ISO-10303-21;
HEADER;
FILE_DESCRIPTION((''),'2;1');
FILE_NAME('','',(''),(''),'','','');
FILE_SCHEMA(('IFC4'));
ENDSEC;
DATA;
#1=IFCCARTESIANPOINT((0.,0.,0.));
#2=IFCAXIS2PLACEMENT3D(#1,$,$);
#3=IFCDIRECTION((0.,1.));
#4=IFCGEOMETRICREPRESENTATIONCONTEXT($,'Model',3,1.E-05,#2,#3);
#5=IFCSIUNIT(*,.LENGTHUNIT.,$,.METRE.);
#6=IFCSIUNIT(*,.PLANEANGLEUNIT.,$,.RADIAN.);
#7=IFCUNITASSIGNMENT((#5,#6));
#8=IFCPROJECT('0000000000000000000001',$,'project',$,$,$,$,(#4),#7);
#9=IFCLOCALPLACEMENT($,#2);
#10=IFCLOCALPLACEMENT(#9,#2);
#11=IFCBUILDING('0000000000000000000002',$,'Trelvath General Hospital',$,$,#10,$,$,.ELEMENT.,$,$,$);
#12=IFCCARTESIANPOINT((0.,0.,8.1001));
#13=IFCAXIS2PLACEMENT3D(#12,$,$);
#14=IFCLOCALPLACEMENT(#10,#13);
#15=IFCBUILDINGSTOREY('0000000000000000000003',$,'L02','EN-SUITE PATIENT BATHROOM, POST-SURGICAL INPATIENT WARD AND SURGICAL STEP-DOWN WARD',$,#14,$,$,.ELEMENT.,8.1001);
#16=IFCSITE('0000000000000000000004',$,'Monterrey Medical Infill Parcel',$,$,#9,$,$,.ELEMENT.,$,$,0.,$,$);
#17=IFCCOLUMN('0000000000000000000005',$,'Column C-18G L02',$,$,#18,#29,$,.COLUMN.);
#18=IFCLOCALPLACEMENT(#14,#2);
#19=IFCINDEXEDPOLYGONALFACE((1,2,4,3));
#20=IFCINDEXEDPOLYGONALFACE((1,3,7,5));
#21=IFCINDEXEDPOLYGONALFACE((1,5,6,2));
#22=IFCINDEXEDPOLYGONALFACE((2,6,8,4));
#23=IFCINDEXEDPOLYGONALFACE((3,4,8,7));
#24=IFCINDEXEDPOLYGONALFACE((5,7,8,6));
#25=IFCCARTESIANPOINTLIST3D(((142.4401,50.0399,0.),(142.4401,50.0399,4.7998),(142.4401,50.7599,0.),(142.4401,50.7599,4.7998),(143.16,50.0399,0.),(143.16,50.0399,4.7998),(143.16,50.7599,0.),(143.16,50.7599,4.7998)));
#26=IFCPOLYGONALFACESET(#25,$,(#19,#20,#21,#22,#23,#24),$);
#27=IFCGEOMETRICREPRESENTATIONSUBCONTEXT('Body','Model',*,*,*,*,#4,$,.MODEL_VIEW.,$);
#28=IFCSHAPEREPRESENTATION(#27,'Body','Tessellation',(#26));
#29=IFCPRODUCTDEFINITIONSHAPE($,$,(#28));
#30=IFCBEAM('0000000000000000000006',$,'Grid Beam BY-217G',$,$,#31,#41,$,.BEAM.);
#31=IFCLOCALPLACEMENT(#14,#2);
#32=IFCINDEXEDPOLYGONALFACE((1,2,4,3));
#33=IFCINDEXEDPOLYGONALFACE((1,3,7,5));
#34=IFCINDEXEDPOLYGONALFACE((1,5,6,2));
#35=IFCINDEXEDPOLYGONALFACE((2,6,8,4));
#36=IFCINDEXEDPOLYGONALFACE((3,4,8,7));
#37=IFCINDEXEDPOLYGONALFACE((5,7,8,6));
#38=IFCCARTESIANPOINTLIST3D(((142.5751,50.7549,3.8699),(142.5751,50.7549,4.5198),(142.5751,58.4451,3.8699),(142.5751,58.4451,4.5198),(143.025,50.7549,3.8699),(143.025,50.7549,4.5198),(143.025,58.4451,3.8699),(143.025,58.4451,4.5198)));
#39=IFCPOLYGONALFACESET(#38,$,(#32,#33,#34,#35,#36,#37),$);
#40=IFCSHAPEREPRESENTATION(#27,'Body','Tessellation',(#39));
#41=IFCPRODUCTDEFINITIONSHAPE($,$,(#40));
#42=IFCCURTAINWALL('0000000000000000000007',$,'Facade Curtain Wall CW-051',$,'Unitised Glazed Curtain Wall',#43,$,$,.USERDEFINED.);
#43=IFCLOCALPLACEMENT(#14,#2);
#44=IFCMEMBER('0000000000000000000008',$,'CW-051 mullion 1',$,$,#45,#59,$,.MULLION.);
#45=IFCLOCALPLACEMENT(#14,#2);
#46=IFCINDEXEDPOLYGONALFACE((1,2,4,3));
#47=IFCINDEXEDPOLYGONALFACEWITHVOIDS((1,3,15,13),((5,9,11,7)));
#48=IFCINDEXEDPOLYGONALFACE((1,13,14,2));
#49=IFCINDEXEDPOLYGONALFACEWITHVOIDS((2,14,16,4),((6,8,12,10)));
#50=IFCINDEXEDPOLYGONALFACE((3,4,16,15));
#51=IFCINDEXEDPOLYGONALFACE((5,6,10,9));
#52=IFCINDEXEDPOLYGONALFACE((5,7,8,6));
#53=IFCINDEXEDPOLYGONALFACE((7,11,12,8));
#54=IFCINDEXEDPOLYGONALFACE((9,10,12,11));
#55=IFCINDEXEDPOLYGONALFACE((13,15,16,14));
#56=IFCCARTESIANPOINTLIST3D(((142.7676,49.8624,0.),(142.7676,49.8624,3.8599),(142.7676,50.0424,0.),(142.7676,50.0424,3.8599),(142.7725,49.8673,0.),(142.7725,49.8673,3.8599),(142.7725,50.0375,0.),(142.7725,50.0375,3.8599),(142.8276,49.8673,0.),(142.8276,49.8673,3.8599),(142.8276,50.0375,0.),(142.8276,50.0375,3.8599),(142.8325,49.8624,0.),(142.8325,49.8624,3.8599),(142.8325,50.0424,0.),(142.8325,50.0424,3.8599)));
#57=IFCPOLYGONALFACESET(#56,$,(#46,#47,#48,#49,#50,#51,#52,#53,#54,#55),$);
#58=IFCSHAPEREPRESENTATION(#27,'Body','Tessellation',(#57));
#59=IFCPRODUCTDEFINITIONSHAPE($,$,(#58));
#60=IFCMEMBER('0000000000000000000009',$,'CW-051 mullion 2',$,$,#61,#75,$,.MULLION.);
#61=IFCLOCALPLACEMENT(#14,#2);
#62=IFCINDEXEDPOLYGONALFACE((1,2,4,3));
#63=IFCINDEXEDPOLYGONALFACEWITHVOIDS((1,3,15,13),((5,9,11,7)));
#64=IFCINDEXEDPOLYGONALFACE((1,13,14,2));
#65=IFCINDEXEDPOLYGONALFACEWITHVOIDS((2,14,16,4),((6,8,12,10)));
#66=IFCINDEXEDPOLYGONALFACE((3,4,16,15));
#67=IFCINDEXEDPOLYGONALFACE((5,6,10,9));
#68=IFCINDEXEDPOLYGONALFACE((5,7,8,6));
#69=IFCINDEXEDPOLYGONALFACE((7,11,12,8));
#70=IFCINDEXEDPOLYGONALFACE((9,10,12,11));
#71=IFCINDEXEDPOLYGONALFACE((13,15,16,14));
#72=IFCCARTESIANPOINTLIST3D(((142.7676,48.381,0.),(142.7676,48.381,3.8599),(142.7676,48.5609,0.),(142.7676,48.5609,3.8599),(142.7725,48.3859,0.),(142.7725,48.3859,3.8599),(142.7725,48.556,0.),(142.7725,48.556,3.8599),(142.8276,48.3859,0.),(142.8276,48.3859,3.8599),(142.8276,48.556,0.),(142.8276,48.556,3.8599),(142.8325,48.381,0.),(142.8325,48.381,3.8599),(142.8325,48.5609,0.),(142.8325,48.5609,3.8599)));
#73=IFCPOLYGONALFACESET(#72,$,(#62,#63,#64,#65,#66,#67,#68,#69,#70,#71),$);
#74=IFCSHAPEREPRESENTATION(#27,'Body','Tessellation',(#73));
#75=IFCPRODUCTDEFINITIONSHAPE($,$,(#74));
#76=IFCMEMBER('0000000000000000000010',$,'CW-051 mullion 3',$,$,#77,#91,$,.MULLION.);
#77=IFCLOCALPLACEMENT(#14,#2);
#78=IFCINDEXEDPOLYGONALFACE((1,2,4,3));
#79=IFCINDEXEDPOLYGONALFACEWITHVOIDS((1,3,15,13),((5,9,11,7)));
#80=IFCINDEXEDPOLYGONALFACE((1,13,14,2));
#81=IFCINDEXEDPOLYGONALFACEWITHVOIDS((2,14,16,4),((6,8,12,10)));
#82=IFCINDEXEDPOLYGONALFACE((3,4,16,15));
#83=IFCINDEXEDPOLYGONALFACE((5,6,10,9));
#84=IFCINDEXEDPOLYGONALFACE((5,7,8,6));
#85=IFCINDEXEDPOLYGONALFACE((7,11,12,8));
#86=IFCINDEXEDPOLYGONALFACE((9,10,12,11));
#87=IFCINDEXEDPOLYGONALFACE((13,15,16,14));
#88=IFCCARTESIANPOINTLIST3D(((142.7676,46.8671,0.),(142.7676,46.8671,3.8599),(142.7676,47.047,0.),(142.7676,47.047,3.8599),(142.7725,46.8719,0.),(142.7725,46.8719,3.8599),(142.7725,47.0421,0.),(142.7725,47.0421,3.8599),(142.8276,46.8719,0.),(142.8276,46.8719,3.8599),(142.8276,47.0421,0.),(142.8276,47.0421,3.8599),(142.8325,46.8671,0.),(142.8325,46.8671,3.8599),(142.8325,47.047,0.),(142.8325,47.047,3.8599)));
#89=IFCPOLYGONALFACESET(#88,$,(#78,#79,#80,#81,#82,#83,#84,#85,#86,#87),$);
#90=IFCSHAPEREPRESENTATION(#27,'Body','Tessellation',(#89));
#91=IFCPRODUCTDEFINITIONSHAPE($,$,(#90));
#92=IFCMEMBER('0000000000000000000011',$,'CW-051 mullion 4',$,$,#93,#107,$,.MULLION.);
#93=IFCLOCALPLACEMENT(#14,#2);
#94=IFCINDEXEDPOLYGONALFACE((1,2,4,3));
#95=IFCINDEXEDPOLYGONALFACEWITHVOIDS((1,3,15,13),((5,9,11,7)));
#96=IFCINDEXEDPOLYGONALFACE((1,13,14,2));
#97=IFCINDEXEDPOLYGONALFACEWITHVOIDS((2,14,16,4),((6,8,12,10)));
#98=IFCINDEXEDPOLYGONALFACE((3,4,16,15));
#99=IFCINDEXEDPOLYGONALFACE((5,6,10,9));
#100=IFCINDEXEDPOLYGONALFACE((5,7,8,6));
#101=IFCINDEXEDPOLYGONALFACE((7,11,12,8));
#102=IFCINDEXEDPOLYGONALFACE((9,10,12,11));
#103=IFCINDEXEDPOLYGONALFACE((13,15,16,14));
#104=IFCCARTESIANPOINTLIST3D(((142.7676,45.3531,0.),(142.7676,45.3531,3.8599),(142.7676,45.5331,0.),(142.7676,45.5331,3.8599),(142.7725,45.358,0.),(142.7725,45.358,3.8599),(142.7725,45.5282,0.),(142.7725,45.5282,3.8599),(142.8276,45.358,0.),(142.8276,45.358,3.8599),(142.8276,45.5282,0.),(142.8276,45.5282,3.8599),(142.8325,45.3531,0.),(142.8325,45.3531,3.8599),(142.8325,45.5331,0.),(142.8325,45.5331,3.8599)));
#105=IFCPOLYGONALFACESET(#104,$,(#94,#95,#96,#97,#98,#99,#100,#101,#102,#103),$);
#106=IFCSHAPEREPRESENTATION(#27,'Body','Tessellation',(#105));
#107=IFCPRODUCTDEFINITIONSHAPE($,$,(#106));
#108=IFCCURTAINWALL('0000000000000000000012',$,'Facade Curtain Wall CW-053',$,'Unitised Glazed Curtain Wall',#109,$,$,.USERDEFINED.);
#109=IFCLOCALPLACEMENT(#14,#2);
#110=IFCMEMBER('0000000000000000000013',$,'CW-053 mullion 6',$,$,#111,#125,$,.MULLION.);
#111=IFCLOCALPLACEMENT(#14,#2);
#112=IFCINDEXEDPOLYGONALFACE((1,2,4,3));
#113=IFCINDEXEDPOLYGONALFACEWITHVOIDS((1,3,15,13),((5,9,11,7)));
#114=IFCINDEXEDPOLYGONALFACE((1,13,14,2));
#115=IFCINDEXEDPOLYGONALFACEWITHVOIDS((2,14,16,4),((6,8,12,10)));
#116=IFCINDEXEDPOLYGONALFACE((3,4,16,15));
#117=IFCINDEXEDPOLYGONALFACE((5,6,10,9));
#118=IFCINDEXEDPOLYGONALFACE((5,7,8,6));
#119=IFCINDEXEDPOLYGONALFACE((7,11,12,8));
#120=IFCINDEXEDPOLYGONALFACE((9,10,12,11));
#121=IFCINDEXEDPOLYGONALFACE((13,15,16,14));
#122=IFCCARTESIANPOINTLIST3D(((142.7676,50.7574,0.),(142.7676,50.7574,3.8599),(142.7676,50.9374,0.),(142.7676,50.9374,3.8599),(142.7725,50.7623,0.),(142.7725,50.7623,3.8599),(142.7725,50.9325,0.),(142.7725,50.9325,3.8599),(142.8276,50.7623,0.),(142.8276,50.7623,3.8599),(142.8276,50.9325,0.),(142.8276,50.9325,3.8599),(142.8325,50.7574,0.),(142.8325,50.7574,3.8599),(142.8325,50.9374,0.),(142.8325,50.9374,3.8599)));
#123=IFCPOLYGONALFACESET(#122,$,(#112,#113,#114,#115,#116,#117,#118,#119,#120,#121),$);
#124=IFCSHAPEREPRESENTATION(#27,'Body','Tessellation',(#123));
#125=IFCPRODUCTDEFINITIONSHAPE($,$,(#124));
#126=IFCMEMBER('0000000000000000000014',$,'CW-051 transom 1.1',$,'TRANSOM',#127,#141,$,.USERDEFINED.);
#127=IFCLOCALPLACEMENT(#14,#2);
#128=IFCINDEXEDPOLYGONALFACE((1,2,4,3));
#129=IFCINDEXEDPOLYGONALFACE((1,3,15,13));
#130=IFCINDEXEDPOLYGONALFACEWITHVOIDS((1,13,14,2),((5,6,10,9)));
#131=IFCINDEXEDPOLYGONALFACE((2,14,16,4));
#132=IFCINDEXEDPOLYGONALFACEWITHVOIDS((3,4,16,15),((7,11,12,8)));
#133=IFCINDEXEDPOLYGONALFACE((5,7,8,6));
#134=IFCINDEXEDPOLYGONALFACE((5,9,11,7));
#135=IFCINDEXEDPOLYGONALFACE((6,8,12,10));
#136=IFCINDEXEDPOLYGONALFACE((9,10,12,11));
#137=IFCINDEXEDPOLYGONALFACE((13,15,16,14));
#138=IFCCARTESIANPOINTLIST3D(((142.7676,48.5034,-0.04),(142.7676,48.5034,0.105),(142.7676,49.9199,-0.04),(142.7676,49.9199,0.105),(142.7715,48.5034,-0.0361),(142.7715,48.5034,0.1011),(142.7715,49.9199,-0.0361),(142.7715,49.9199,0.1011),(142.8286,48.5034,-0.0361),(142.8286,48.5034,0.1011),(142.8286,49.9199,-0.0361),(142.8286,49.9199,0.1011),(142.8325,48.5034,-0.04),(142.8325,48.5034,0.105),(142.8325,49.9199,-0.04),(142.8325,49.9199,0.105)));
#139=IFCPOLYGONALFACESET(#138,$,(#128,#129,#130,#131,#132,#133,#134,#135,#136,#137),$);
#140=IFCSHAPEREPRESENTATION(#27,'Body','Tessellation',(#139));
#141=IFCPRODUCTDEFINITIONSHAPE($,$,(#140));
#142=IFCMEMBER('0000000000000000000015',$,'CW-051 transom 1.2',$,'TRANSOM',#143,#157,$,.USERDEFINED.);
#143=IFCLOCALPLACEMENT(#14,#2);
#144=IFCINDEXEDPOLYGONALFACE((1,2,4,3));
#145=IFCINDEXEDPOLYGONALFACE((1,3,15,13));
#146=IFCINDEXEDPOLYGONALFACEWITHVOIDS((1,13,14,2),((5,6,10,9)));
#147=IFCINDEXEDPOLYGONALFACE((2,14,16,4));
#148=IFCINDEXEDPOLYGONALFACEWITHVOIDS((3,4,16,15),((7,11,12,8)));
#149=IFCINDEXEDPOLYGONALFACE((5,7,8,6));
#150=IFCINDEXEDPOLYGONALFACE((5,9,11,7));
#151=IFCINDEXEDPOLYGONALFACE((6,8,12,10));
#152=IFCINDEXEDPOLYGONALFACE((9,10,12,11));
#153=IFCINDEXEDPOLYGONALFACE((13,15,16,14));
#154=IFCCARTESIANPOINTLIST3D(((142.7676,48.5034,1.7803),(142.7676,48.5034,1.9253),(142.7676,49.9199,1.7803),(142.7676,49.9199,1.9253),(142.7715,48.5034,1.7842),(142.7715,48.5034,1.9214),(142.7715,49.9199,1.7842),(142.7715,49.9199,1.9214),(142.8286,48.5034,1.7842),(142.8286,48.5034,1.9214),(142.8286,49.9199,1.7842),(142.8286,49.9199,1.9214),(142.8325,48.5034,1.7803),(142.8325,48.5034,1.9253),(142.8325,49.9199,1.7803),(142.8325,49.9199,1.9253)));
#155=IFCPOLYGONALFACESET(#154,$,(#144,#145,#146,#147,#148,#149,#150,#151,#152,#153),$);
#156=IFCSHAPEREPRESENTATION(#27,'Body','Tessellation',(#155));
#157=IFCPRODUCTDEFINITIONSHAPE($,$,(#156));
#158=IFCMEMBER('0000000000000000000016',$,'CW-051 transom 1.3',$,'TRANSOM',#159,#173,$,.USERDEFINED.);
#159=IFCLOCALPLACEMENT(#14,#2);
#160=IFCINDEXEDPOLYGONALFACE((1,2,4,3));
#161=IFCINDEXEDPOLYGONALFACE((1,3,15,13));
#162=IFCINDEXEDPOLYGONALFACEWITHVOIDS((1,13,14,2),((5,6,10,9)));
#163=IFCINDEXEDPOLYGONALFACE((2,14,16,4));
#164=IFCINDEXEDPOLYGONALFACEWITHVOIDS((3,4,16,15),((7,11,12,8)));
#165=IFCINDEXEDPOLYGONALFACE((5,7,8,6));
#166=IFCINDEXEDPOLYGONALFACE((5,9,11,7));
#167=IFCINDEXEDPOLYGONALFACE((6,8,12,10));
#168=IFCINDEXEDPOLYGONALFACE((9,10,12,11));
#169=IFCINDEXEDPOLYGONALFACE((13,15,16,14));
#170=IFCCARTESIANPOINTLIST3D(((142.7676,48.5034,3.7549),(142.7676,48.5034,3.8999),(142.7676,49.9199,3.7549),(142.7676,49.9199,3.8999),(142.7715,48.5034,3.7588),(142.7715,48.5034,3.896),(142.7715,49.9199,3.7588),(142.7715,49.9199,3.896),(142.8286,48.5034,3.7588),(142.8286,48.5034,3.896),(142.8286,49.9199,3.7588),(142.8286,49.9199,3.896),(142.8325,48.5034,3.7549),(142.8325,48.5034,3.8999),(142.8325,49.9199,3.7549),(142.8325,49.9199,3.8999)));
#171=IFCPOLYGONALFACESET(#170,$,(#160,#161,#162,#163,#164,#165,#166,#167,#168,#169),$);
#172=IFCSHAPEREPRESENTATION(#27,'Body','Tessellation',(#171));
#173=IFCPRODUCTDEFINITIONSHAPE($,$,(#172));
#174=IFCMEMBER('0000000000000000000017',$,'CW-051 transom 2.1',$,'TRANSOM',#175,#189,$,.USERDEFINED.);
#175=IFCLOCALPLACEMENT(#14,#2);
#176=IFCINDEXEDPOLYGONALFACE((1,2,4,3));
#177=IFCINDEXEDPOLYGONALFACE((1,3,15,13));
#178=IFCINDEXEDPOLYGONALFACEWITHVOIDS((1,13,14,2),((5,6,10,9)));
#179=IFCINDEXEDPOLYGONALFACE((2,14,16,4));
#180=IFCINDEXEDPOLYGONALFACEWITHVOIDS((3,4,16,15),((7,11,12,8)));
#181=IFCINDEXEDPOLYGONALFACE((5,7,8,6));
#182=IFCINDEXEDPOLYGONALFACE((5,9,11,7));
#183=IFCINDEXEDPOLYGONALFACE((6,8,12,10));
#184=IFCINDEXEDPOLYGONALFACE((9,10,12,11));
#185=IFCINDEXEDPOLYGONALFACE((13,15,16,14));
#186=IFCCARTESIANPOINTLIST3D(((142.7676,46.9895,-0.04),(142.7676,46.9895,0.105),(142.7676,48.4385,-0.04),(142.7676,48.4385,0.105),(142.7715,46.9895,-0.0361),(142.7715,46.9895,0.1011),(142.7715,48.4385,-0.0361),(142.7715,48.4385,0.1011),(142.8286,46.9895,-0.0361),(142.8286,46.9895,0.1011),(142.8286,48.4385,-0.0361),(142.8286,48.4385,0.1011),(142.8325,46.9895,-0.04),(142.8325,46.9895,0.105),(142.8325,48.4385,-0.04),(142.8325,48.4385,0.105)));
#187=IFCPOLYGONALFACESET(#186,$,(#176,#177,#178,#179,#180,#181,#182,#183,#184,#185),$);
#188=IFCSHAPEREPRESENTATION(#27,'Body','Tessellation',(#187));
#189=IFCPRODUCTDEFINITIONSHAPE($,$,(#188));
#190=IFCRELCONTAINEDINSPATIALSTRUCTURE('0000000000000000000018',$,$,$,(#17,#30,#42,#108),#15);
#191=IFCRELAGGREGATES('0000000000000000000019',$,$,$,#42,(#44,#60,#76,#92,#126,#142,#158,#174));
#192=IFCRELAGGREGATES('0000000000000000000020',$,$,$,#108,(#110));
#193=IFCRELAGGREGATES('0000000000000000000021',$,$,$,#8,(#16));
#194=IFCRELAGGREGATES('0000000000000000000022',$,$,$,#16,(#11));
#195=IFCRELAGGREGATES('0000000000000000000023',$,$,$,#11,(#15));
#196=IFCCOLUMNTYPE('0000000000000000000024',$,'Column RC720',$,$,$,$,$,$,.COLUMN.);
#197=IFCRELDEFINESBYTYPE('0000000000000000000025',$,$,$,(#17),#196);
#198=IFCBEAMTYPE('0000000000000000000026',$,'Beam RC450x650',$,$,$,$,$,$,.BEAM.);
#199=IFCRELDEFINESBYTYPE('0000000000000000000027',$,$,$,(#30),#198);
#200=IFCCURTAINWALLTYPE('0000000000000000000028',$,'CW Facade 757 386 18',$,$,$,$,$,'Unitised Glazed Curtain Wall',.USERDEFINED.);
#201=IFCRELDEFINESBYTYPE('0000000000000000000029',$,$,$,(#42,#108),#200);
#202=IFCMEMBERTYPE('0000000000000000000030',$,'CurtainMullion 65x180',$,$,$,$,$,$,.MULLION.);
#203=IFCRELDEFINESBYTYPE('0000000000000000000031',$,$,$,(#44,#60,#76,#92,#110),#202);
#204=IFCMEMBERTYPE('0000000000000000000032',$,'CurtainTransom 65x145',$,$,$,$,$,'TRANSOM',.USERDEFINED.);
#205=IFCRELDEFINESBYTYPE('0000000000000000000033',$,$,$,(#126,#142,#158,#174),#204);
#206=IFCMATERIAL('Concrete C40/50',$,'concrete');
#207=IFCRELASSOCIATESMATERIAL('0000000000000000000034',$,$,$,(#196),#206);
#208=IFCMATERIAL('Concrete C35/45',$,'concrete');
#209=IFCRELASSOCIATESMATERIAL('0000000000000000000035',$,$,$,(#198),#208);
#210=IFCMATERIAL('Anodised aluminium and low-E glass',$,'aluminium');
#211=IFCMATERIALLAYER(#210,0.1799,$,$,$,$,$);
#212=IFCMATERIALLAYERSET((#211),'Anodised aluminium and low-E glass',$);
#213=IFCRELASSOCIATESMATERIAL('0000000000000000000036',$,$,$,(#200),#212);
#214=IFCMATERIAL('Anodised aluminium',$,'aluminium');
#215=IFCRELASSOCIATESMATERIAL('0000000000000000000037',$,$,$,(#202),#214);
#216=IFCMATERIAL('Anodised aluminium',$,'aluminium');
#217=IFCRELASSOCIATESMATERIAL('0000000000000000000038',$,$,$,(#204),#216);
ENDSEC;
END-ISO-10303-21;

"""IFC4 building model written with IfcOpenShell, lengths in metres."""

from ifc_helpers import new_model, si_unit, direction, frame, origin, origin_2d, place, context, subcontext, project, spatial, rectangle, hollow_rectangle, extrude, material, layer, layer_set, material_profile, profile_set, type_object, element, aggregate, save


model = new_model("IFC4")

# Units and contexts
model_context = context("Model", 3, precision=1e-05, world=origin(), true_north=direction((0.0, 1.0)))
body_context = subcontext(model_context, "Body", "Model", "MODEL_VIEW")
ifc_project = project(units=[si_unit("LENGTHUNIT", "METRE"), si_unit("PLANEANGLEUNIT", "RADIAN")], contexts=[model_context])

# Site, building, storey
site_placement = place(None, origin())
site = spatial("IfcSite", under=ifc_project, at=site_placement, Name="Monterrey Medical Infill Parcel", CompositionType="ELEMENT", RefElevation=0.0)
building_placement = place(site_placement, origin())
building = spatial("IfcBuilding", under=site, at=building_placement, Name="Trelvath General Hospital", CompositionType="ELEMENT")
storey_placement = place(building_placement, frame((0.0, 0.0, 8.1001)))
storey = spatial("IfcBuildingStorey", under=building, at=storey_placement, Name="L02", Description="EN-SUITE PATIENT BATHROOM, POST-SURGICAL INPATIENT WARD AND SURGICAL STEP-DOWN WARD", CompositionType="ELEMENT", Elevation=8.1001)

# Column
ifc_material_1 = material(Name="Concrete C40/50", Category="concrete")
ifc_material_profile_1 = material_profile(ifc_material_1, rectangle(XDim=0.72, YDim=0.72, at=origin_2d()), Name="RC720x720")
ifc_profile_set_1 = profile_set([ifc_material_profile_1], Name="Concrete C40/50")
column_type = type_object("IfcColumnType", Name="Column RC720", PredefinedType="COLUMN", material=ifc_profile_set_1)
column_placement = place(storey_placement, frame((142.8, 50.3999, 0.0), z_axis=(0.0, 0.0, 1.0), x_axis=(1.0, 0.0, 0.0)))
element("IfcColumn", 1, at=column_placement, inside=storey, type_object=column_type, Name="Column C-18G L02", PredefinedType="COLUMN", context=body_context, shape_type="SweptSolid", body=[
    extrude(rectangle(XDim=0.72, YDim=0.72, at=origin_2d()), origin(), (0.0, 0.0, 1.0), 4.7998),
])

# Beam
ifc_material_2 = material(Name="Concrete C35/45", Category="concrete")
ifc_material_profile_2 = material_profile(ifc_material_2, rectangle(XDim=0.45, YDim=0.6499, at=origin_2d()), Name="RCB450x650")
ifc_profile_set_2 = profile_set([ifc_material_profile_2], Name="Concrete C35/45")
beam_type = type_object("IfcBeamType", Name="Beam RC450x650", PredefinedType="BEAM", material=ifc_profile_set_2)
beam_placement = place(storey_placement, frame((142.8, 50.7549, 4.1948), z_axis=(0.0, 1.0, 0.0), x_axis=(-1.0, 0.0, 0.0)))
element("IfcBeam", 2, at=beam_placement, inside=storey, type_object=beam_type, Name="Grid Beam BY-217G", PredefinedType="BEAM", context=body_context, shape_type="SweptSolid", body=[
    extrude(rectangle(XDim=0.45, YDim=0.6499, at=origin_2d()), origin(), (0.0, 0.0, 1.0), 7.6902),
])

# Curtain wall, members
ifc_material_3 = material(Name="Anodised aluminium and low-E glass", Category="aluminium")
ifc_layer_1 = layer(ifc_material_3, 0.1799)
ifc_layer_set_1 = layer_set([ifc_layer_1], Name="Anodised aluminium and low-E glass")
curtain_wall_type = type_object("IfcCurtainWallType", Name="CW Facade 757 386 18", ElementType="Unitised Glazed Curtain Wall", PredefinedType="USERDEFINED", material=ifc_layer_set_1)
curtain_wall_1_placement = place(storey_placement, origin())
curtain_wall_1 = element("IfcCurtainWall", 3, at=curtain_wall_1_placement, inside=storey, type_object=curtain_wall_type, Name="Facade Curtain Wall CW-051", ObjectType="Unitised Glazed Curtain Wall", PredefinedType="USERDEFINED")
ifc_material_4 = material(Name="Anodised aluminium", Category="aluminium")
ifc_material_profile_3 = material_profile(ifc_material_4, hollow_rectangle(XDim=0.0649, YDim=0.1799, WallThickness=0.0049, at=origin_2d()), Name="RHS65x180x5")
ifc_profile_set_3 = profile_set([ifc_material_profile_3], Name="Anodised aluminium")
member_type_1 = type_object("IfcMemberType", Name="CurtainMullion 65x180", PredefinedType="MULLION", material=ifc_profile_set_3)
member_1_placement = place(storey_placement, frame((142.8, 49.9524, 0.0), z_axis=(0.0, 0.0, 1.0), x_axis=(1.0, 0.0, 0.0)))
member_1 = element("IfcMember", 4, at=member_1_placement, type_object=member_type_1, Name="CW-051 mullion 1", PredefinedType="MULLION", context=body_context, shape_type="SweptSolid", body=[
    extrude(hollow_rectangle(XDim=0.0649, YDim=0.1799, WallThickness=0.0049, at=origin_2d()), origin(), (0.0, 0.0, 1.0), 3.8599),
])
member_2_placement = place(storey_placement, frame((142.8, 48.4709, 0.0), z_axis=(0.0, 0.0, 1.0), x_axis=(1.0, 0.0, 0.0)))
member_2 = element("IfcMember", 5, at=member_2_placement, type_object=member_type_1, Name="CW-051 mullion 2", PredefinedType="MULLION", context=body_context, shape_type="SweptSolid", body=[
    extrude(hollow_rectangle(XDim=0.0649, YDim=0.1799, WallThickness=0.0049, at=origin_2d()), origin(), (0.0, 0.0, 1.0), 3.8599),
])
member_3_placement = place(storey_placement, frame((142.8, 46.957, 0.0), z_axis=(0.0, 0.0, 1.0), x_axis=(1.0, 0.0, 0.0)))
member_3 = element("IfcMember", 6, at=member_3_placement, type_object=member_type_1, Name="CW-051 mullion 3", PredefinedType="MULLION", context=body_context, shape_type="SweptSolid", body=[
    extrude(hollow_rectangle(XDim=0.0649, YDim=0.1799, WallThickness=0.0049, at=origin_2d()), origin(), (0.0, 0.0, 1.0), 3.8599),
])
member_4_placement = place(storey_placement, frame((142.8, 45.4431, 0.0), z_axis=(0.0, 0.0, 1.0), x_axis=(1.0, 0.0, 0.0)))
member_4 = element("IfcMember", 7, at=member_4_placement, type_object=member_type_1, Name="CW-051 mullion 4", PredefinedType="MULLION", context=body_context, shape_type="SweptSolid", body=[
    extrude(hollow_rectangle(XDim=0.0649, YDim=0.1799, WallThickness=0.0049, at=origin_2d()), origin(), (0.0, 0.0, 1.0), 3.8599),
])

# Curtain wall, member
curtain_wall_2_placement = place(storey_placement, origin())
curtain_wall_2 = element("IfcCurtainWall", 8, at=curtain_wall_2_placement, inside=storey, type_object=curtain_wall_type, Name="Facade Curtain Wall CW-053", ObjectType="Unitised Glazed Curtain Wall", PredefinedType="USERDEFINED")
member_5_placement = place(storey_placement, frame((142.8, 50.8474, 0.0), z_axis=(0.0, 0.0, 1.0), x_axis=(1.0, 0.0, 0.0)))
member_5 = element("IfcMember", 9, at=member_5_placement, type_object=member_type_1, Name="CW-053 mullion 6", PredefinedType="MULLION", context=body_context, shape_type="SweptSolid", body=[
    extrude(hollow_rectangle(XDim=0.0649, YDim=0.1799, WallThickness=0.0049, at=origin_2d()), origin(), (0.0, 0.0, 1.0), 3.8599),
])

# Members
ifc_material_5 = material(Name="Anodised aluminium", Category="aluminium")
ifc_material_profile_4 = material_profile(ifc_material_5, hollow_rectangle(XDim=0.0649, YDim=0.145, WallThickness=0.0039, at=origin_2d()), Name="RHS65x145x4")
ifc_profile_set_4 = profile_set([ifc_material_profile_4], Name="Anodised aluminium")
member_type_2 = type_object("IfcMemberType", Name="CurtainTransom 65x145", ElementType="TRANSOM", PredefinedType="USERDEFINED", material=ifc_profile_set_4)
member_6_placement = place(storey_placement, frame((142.8, 49.9199, 0.0325), z_axis=(0.0, -1.0, 0.0), x_axis=(1.0, 0.0, 0.0)))
member_6 = element("IfcMember", 10, at=member_6_placement, type_object=member_type_2, Name="CW-051 transom 1.1", ObjectType="TRANSOM", PredefinedType="USERDEFINED", context=body_context, shape_type="SweptSolid", body=[
    extrude(hollow_rectangle(XDim=0.0649, YDim=0.145, WallThickness=0.0039, at=origin_2d()), origin(), (0.0, 0.0, 1.0), 1.4165),
])
member_7_placement = place(storey_placement, frame((142.8, 49.9199, 1.8528), z_axis=(0.0, -1.0, 0.0), x_axis=(1.0, 0.0, 0.0)))
member_7 = element("IfcMember", 11, at=member_7_placement, type_object=member_type_2, Name="CW-051 transom 1.2", ObjectType="TRANSOM", PredefinedType="USERDEFINED", context=body_context, shape_type="SweptSolid", body=[
    extrude(hollow_rectangle(XDim=0.0649, YDim=0.145, WallThickness=0.0039, at=origin_2d()), origin(), (0.0, 0.0, 1.0), 1.4165),
])
member_8_placement = place(storey_placement, frame((142.8, 49.9199, 3.8274), z_axis=(0.0, -1.0, 0.0), x_axis=(1.0, 0.0, 0.0)))
member_8 = element("IfcMember", 12, at=member_8_placement, type_object=member_type_2, Name="CW-051 transom 1.3", ObjectType="TRANSOM", PredefinedType="USERDEFINED", context=body_context, shape_type="SweptSolid", body=[
    extrude(hollow_rectangle(XDim=0.0649, YDim=0.145, WallThickness=0.0039, at=origin_2d()), origin(), (0.0, 0.0, 1.0), 1.4165),
])
member_9_placement = place(storey_placement, frame((142.8, 48.4385, 0.0325), z_axis=(0.0, -1.0, 0.0), x_axis=(1.0, 0.0, 0.0)))
member_9 = element("IfcMember", 13, at=member_9_placement, type_object=member_type_2, Name="CW-051 transom 2.1", ObjectType="TRANSOM", PredefinedType="USERDEFINED", context=body_context, shape_type="SweptSolid", body=[
    extrude(hollow_rectangle(XDim=0.0649, YDim=0.145, WallThickness=0.0039, at=origin_2d()), origin(), (0.0, 0.0, 1.0), 1.449),
])

aggregate(curtain_wall_1, [member_1, member_2, member_3, member_4, member_6, member_7, member_8, member_9])
aggregate(curtain_wall_2, [member_5])

save(model, "model.ifc")
